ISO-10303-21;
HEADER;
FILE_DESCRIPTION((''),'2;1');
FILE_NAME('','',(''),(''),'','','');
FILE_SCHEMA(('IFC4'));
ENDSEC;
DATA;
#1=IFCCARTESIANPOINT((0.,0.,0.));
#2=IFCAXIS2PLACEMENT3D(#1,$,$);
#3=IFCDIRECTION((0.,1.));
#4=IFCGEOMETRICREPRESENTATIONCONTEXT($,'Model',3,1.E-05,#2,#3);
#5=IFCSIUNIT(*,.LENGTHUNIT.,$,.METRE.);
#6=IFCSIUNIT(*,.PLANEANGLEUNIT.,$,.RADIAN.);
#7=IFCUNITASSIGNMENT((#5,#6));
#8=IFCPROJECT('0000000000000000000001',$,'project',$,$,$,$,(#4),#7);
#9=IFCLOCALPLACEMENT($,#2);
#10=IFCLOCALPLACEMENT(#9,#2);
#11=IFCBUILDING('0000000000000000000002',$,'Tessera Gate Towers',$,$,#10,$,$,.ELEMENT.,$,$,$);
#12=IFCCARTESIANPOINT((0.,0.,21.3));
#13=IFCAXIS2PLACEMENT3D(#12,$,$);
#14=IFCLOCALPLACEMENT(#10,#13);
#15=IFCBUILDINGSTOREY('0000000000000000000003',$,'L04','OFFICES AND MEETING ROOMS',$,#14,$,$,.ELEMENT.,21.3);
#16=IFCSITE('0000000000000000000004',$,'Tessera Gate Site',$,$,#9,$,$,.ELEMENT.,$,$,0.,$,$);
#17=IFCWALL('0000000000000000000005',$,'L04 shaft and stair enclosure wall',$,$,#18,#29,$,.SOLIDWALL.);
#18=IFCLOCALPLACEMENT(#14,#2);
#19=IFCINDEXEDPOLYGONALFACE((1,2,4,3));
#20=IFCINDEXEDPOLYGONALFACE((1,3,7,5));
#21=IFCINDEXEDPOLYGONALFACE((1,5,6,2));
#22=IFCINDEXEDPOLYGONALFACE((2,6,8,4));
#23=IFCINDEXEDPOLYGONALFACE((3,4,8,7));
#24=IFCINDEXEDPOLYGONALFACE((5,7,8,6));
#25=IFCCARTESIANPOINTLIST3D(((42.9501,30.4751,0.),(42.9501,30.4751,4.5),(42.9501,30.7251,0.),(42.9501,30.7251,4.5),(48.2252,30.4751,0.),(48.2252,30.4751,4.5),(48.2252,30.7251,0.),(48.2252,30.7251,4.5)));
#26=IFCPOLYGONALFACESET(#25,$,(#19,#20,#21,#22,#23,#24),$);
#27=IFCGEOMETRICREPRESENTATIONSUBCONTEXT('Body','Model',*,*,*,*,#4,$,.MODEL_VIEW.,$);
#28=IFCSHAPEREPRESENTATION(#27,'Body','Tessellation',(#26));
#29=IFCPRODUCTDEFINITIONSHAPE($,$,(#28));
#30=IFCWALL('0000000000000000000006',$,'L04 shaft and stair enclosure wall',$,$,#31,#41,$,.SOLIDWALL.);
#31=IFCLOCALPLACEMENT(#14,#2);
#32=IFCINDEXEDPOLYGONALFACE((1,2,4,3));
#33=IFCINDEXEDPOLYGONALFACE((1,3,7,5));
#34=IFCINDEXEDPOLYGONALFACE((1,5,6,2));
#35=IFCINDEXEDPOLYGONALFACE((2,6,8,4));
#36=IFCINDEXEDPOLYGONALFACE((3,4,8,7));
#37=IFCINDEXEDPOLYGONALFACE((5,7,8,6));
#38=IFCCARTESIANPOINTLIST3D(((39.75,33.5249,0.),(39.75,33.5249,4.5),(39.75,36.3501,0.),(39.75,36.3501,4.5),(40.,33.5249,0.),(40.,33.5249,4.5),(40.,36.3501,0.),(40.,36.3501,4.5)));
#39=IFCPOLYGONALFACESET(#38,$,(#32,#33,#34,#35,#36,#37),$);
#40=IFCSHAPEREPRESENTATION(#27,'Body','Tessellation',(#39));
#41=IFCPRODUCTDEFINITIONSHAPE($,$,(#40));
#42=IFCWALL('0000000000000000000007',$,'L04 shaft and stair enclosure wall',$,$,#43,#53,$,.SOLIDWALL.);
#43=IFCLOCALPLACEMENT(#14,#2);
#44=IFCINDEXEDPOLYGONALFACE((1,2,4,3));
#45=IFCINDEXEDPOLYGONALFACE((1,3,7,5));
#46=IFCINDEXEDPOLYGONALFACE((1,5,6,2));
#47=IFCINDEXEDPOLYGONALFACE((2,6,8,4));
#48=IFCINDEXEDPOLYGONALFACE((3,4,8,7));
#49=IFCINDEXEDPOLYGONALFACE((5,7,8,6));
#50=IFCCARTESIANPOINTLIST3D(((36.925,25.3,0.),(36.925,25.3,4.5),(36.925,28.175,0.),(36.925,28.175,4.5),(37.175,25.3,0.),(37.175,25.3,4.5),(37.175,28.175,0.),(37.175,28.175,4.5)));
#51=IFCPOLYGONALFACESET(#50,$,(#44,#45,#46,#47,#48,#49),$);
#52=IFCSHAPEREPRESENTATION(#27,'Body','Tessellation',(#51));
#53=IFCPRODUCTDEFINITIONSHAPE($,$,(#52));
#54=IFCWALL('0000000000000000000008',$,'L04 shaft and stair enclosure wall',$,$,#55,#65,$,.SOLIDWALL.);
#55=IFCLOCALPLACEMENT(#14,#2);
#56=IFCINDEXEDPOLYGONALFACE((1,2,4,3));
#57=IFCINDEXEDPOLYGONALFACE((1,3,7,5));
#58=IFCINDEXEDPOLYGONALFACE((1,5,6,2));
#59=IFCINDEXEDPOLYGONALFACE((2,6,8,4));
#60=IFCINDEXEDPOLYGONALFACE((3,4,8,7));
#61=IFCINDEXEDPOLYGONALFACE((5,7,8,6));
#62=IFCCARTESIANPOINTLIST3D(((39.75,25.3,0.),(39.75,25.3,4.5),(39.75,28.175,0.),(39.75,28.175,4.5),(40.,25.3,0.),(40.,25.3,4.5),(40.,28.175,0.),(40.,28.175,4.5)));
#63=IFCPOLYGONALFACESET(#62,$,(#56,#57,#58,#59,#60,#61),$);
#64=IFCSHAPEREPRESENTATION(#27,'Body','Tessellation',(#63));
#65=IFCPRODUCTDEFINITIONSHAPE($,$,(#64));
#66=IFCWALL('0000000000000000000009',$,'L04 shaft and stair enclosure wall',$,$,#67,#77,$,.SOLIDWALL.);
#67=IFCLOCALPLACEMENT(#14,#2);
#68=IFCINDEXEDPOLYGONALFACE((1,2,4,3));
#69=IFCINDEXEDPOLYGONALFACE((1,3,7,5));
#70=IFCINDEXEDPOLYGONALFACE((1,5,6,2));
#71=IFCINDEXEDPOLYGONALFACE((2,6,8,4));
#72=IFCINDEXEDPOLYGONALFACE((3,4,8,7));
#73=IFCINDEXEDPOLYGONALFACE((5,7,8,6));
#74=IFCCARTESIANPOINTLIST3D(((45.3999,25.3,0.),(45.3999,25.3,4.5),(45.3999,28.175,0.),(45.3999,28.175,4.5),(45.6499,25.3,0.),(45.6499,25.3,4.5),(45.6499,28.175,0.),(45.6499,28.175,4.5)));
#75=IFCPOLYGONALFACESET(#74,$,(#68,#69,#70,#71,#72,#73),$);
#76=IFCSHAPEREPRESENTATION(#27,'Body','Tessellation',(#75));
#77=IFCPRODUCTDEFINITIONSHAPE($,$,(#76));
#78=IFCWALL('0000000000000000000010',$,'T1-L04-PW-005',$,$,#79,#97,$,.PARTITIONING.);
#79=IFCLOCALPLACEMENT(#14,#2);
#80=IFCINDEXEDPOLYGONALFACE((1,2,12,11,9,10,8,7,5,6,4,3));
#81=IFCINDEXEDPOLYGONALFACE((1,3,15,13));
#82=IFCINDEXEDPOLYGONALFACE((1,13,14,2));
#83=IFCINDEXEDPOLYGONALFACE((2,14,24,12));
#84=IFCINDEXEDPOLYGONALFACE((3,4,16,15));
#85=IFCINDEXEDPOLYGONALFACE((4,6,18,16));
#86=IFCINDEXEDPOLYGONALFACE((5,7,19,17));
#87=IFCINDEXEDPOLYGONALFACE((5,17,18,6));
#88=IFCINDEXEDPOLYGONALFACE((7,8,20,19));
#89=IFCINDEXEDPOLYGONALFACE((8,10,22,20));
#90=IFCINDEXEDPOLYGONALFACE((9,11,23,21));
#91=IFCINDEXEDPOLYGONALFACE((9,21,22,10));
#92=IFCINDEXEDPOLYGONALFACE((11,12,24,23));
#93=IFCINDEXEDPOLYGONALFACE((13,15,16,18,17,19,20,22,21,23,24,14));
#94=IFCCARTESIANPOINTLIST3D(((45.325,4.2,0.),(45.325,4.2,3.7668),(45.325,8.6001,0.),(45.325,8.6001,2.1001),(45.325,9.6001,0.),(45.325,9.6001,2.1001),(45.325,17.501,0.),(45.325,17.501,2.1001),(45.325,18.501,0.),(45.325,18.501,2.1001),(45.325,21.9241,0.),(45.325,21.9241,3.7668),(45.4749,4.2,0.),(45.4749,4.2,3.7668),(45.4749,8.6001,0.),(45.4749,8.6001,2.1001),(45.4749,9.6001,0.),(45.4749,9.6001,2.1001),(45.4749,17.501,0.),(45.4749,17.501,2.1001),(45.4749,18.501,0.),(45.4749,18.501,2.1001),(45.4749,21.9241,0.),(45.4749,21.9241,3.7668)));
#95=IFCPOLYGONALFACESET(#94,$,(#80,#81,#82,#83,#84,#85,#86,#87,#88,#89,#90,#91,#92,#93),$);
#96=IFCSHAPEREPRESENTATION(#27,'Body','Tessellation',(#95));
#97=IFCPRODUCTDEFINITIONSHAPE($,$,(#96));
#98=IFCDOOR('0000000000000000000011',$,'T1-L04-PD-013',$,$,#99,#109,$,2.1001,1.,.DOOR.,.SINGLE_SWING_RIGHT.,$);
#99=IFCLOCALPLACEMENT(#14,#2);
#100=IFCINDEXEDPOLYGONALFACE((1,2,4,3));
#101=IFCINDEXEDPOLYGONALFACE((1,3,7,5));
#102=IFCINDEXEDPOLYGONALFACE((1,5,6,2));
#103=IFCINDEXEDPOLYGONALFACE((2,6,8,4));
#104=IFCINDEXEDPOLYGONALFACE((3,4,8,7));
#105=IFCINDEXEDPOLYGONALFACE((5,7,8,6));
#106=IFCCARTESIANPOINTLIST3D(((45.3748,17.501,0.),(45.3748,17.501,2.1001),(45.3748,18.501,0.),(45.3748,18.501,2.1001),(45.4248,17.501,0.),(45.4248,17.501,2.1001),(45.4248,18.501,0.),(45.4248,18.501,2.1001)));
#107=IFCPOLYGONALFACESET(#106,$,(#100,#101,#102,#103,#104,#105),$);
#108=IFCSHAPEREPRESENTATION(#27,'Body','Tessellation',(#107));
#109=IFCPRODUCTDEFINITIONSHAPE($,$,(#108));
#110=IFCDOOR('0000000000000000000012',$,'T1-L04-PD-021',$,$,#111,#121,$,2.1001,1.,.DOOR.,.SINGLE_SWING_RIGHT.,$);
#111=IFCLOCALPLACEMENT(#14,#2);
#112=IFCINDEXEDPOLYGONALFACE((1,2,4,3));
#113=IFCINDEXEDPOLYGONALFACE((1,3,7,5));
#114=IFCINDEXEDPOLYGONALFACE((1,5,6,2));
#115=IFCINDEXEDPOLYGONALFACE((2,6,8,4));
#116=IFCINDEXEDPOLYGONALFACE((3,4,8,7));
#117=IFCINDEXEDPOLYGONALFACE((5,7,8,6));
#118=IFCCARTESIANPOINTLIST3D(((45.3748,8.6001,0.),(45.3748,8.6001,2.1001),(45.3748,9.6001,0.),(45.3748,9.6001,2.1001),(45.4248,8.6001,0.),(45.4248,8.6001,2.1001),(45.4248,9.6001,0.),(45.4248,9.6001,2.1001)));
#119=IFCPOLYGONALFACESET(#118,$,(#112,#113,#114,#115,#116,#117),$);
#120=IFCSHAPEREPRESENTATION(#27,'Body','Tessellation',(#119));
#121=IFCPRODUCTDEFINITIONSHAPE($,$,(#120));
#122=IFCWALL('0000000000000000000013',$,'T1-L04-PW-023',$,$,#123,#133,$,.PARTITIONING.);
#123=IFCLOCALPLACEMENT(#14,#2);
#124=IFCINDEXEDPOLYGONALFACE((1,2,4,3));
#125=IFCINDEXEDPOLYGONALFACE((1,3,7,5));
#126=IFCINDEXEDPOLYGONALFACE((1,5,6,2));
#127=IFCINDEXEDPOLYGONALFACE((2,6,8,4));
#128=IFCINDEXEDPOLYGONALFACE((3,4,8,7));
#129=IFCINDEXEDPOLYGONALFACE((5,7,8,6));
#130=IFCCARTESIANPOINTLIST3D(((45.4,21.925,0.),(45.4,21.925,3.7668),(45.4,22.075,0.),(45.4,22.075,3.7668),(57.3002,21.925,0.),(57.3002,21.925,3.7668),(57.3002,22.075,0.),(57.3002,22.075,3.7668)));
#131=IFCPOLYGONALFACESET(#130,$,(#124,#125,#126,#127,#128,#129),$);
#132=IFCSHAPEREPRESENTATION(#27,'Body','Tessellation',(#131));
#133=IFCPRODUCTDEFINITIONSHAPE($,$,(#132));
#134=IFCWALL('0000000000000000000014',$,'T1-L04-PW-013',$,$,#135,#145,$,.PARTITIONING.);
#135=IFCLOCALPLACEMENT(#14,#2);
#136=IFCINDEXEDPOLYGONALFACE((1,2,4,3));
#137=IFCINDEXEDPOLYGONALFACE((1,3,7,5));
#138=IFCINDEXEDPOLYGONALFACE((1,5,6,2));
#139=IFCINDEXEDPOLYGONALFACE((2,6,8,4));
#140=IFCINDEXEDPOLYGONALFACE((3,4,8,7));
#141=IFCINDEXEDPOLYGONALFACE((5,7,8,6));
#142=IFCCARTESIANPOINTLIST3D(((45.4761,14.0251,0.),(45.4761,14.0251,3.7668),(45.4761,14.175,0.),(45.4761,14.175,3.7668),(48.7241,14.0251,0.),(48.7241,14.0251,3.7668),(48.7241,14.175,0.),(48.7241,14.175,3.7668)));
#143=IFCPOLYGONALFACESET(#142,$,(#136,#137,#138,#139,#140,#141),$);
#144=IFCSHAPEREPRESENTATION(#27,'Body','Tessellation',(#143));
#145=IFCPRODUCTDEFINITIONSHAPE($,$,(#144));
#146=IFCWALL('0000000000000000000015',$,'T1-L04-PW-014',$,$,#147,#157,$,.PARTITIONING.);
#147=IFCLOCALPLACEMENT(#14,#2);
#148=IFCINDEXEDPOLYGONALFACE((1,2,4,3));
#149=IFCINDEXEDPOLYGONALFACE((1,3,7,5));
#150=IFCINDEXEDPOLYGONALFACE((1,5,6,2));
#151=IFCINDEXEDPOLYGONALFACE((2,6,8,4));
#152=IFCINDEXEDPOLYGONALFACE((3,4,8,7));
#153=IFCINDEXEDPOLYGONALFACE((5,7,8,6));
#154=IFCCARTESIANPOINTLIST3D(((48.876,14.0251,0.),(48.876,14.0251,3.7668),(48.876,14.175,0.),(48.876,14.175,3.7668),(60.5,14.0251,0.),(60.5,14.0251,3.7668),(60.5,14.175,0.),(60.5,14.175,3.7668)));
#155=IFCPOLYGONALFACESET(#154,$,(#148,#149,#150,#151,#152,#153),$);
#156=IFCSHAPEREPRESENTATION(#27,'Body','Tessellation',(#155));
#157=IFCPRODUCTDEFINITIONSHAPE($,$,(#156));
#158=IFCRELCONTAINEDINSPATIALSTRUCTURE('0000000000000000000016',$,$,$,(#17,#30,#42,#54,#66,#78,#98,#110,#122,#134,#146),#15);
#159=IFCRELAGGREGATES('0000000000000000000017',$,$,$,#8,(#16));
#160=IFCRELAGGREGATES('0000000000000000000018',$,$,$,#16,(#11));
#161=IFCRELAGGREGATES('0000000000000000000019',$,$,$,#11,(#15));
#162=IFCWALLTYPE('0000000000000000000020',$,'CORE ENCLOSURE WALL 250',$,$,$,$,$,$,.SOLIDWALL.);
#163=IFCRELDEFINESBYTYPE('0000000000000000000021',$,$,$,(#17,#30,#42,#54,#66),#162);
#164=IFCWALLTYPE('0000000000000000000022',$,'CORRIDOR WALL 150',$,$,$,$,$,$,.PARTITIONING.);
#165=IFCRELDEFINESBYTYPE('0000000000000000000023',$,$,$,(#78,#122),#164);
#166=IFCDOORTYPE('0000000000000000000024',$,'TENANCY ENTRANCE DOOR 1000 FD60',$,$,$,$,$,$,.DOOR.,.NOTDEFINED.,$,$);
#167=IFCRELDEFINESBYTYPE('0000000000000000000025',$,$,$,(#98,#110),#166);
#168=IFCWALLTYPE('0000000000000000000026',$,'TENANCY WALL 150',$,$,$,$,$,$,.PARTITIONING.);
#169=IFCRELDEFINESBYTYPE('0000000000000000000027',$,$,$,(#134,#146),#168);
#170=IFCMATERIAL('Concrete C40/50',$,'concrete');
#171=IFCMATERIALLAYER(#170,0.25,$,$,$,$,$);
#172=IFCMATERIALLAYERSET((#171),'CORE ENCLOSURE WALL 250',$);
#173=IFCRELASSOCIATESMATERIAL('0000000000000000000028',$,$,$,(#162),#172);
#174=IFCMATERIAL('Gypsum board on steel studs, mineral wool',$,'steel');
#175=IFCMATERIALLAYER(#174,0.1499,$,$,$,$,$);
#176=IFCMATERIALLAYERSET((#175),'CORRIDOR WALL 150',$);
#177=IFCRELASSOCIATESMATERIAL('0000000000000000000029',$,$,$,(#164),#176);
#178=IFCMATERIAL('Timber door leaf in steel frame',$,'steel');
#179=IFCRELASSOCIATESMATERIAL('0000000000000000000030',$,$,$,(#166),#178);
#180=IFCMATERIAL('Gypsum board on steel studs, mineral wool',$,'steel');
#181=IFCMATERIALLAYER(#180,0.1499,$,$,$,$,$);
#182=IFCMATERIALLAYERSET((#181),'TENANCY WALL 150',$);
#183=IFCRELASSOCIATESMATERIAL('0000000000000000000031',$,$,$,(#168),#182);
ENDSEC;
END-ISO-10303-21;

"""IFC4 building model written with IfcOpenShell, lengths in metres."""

from ifc_helpers import new_model, si_unit, direction, frame, frame_2d, origin, place, context, subcontext, project, spatial, rectangle, extrude, source, transform, mapped, material, layer, layer_set, type_object, element, fill, save


model = new_model("IFC4")

# Units and contexts
model_context = context("Model", 3, precision=1e-05, world=origin(), true_north=direction((0.0, 1.0)))
body_context = subcontext(model_context, "Body", "Model", "MODEL_VIEW")
ifc_project = project(units=[si_unit("LENGTHUNIT", "METRE"), si_unit("PLANEANGLEUNIT", "RADIAN")], contexts=[model_context])

# Site, building, storey
site_placement = place(None, origin())
site = spatial("IfcSite", under=ifc_project, at=site_placement, Name="Tessera Gate Site", CompositionType="ELEMENT", RefElevation=0.0)
building_placement = place(site_placement, origin())
building = spatial("IfcBuilding", under=site, at=building_placement, Name="Tessera Gate Towers", CompositionType="ELEMENT")
storey_placement = place(building_placement, frame((0.0, 0.0, 21.3)))
storey = spatial("IfcBuildingStorey", under=building, at=storey_placement, Name="L04", Description="OFFICES AND MEETING ROOMS", CompositionType="ELEMENT", Elevation=21.3)

# Shared definitions
ifc_material_1 = material(Name="Concrete C40/50", Category="concrete")
ifc_layer_1 = layer(ifc_material_1, 0.25)
ifc_layer_set_1 = layer_set([ifc_layer_1], Name="CORE ENCLOSURE WALL 250")
wall_type_1 = type_object("IfcWallType", Name="CORE ENCLOSURE WALL 250", PredefinedType="SOLIDWALL", material=ifc_layer_set_1)

# Walls
wall_1_placement = place(storey_placement, frame((42.95, 30.6001, 0.0), z_axis=(0.0, 0.0, 1.0), x_axis=(1.0, 0.0, 0.0)))
element("IfcWall", 1, at=wall_1_placement, inside=storey, type_object=wall_type_1, Name="L04 shaft and stair enclosure wall", PredefinedType="SOLIDWALL", context=body_context, shape_type="SweptSolid", body=[
    extrude(rectangle(XDim=5.2751, YDim=0.25, at=frame_2d((2.6377, 0.0))), origin(), (0.0, 0.0, 1.0), 4.5),
])
wall_2_placement = place(storey_placement, frame((39.875, 33.5249, 0.0), z_axis=(0.0, 0.0, 1.0), x_axis=(0.0, 1.0, 0.0)))
element("IfcWall", 2, at=wall_2_placement, inside=storey, type_object=wall_type_1, Name="L04 shaft and stair enclosure wall", PredefinedType="SOLIDWALL", context=body_context, shape_type="SweptSolid", body=[
    extrude(rectangle(XDim=2.8252, YDim=0.25, at=frame_2d((1.4126, 0.0))), origin(), (0.0, 0.0, 1.0), 4.5),
])
for number, where, z_axis, x_axis, name in (
    (3, (37.05, 25.3, 0.0), (0.0, 0.0, 1.0), (0.0, 1.0, 0.0), "L04 shaft and stair enclosure wall"),
    (4, (39.875, 25.3, 0.0), (0.0, 0.0, 1.0), (0.0, 1.0, 0.0), "L04 shaft and stair enclosure wall"),
    (5, (45.5249, 25.3, 0.0), (0.0, 0.0, 1.0), (0.0, 1.0, 0.0), "L04 shaft and stair enclosure wall"),
):
    element("IfcWall", number, at=place(storey_placement, frame(where, z_axis=z_axis, x_axis=x_axis)), inside=storey, type_object=wall_type_1, Name=name, PredefinedType="SOLIDWALL", context=body_context, shape_type="SweptSolid", body=[
        extrude(rectangle(XDim=2.875, YDim=0.25, at=frame_2d((1.4375, 0.0))), origin(), (0.0, 0.0, 1.0), 4.5),
    ])

# Wall, openings, doors
ifc_material_2 = material(Name="Gypsum board on steel studs, mineral wool", Category="steel")
ifc_layer_2 = layer(ifc_material_2, 0.1499)
ifc_layer_set_2 = layer_set([ifc_layer_2], Name="CORRIDOR WALL 150")
wall_type_2 = type_object("IfcWallType", Name="CORRIDOR WALL 150", PredefinedType="PARTITIONING", material=ifc_layer_set_2)
wall_3_placement = place(storey_placement, frame((45.3999, 21.9241, 0.0), z_axis=(0.0, 0.0, 1.0), x_axis=(0.0, -1.0, 0.0)))
wall_3 = element("IfcWall", 6, at=wall_3_placement, inside=storey, type_object=wall_type_2, Name="T1-L04-PW-005", PredefinedType="PARTITIONING", context=body_context, shape_type="SweptSolid", body=[
    extrude(rectangle(XDim=17.7241, YDim=0.1499, at=frame_2d((8.8621, 0.0))), origin(), (0.0, 0.0, 1.0), 3.7668),
])
shared_shape_1 = source(origin(), body_context, "Body", "SweptSolid", [
    extrude(rectangle(XDim=1.0, YDim=2.1001, at=frame_2d((0.5, 1.05))), frame((0.0, 0.085, 0.0), z_axis=(0.0, -1.0, 0.0), x_axis=(1.0, 0.0, 0.0)), (0.0, 0.0, 1.0), 0.1699),
])
opening_1_placement = place(wall_3_placement, frame((3.4231, 0.0, 0.0)))
opening_1 = element("IfcOpeningElement", 7, at=opening_1_placement, cuts=wall_3, PredefinedType="OPENING", context=body_context, shape_type="MappedRepresentation", body=[
    mapped(shared_shape_1, transform((0.0, 0.0, 0.0), scale=1.0)),
])
opening_2_placement = place(wall_3_placement, frame((12.324, 0.0, 0.0)))
opening_2 = element("IfcOpeningElement", 8, at=opening_2_placement, cuts=wall_3, PredefinedType="OPENING", context=body_context, shape_type="MappedRepresentation", body=[
    mapped(shared_shape_1, transform((0.0, 0.0, 0.0), scale=1.0)),
])
ifc_material_3 = material(Name="Timber door leaf in steel frame", Category="steel")
door_type_1 = type_object("IfcDoorType", Name="TENANCY ENTRANCE DOOR 1000 FD60", OperationType="NOTDEFINED", PredefinedType="DOOR", material=ifc_material_3)
shared_shape_2 = source(origin(), body_context, "Body", "SweptSolid", [
    extrude(rectangle(XDim=1.0, YDim=2.1001, at=frame_2d((0.5, 1.05))), frame((0.0, 0.0249, 0.0), z_axis=(0.0, -1.0, 0.0), x_axis=(1.0, 0.0, 0.0)), (0.0, 0.0, 1.0), 0.05),
])
door_1_placement = place(opening_1_placement, origin())
door_1 = element("IfcDoor", 9, at=door_1_placement, inside=storey, type_object=door_type_1, Name="T1-L04-PD-013", OperationType="SINGLE_SWING_RIGHT", OverallHeight=2.1001, OverallWidth=1.0, PredefinedType="DOOR", context=body_context, shape_type="MappedRepresentation", body=[
    mapped(shared_shape_2, transform((0.0, 0.0, 0.0), scale=1.0)),
])
fill(opening_1, door_1)
door_2_placement = place(opening_2_placement, origin())
door_2 = element("IfcDoor", 10, at=door_2_placement, inside=storey, type_object=door_type_1, Name="T1-L04-PD-021", OperationType="SINGLE_SWING_RIGHT", OverallHeight=2.1001, OverallWidth=1.0, PredefinedType="DOOR", context=body_context, shape_type="MappedRepresentation", body=[
    mapped(shared_shape_2, transform((0.0, 0.0, 0.0), scale=1.0)),
])
fill(opening_2, door_2)

# Walls
wall_4_placement = place(storey_placement, frame((45.3999, 22.0, 0.0), z_axis=(0.0, 0.0, 1.0), x_axis=(1.0, 0.0, 0.0)))
element("IfcWall", 11, at=wall_4_placement, inside=storey, type_object=wall_type_2, Name="T1-L04-PW-023", PredefinedType="PARTITIONING", context=body_context, shape_type="SweptSolid", body=[
    extrude(rectangle(XDim=11.9001, YDim=0.1499, at=frame_2d((5.9502, 0.0))), origin(), (0.0, 0.0, 1.0), 3.7668),
])
ifc_material_4 = material(Name="Gypsum board on steel studs, mineral wool", Category="steel")
ifc_layer_3 = layer(ifc_material_4, 0.1499)
ifc_layer_set_3 = layer_set([ifc_layer_3], Name="TENANCY WALL 150")
wall_type_3 = type_object("IfcWallType", Name="TENANCY WALL 150", PredefinedType="PARTITIONING", material=ifc_layer_set_3)
wall_5_placement = place(storey_placement, frame((45.4761, 14.1001, 0.0), z_axis=(0.0, 0.0, 1.0), x_axis=(1.0, 0.0, 0.0)))
element("IfcWall", 12, at=wall_5_placement, inside=storey, type_object=wall_type_3, Name="T1-L04-PW-013", PredefinedType="PARTITIONING", context=body_context, shape_type="SweptSolid", body=[
    extrude(rectangle(XDim=3.248, YDim=0.1499, at=frame_2d((1.624, 0.0))), origin(), (0.0, 0.0, 1.0), 3.7668),
])
wall_6_placement = place(storey_placement, frame((48.876, 14.1001, 0.0), z_axis=(0.0, 0.0, 1.0), x_axis=(1.0, 0.0, 0.0)))
element("IfcWall", 13, at=wall_6_placement, inside=storey, type_object=wall_type_3, Name="T1-L04-PW-014", PredefinedType="PARTITIONING", context=body_context, shape_type="SweptSolid", body=[
    extrude(rectangle(XDim=11.624, YDim=0.1499, at=frame_2d((5.812, 0.0))), origin(), (0.0, 0.0, 1.0), 3.7668),
])

save(model, "model.ifc")
